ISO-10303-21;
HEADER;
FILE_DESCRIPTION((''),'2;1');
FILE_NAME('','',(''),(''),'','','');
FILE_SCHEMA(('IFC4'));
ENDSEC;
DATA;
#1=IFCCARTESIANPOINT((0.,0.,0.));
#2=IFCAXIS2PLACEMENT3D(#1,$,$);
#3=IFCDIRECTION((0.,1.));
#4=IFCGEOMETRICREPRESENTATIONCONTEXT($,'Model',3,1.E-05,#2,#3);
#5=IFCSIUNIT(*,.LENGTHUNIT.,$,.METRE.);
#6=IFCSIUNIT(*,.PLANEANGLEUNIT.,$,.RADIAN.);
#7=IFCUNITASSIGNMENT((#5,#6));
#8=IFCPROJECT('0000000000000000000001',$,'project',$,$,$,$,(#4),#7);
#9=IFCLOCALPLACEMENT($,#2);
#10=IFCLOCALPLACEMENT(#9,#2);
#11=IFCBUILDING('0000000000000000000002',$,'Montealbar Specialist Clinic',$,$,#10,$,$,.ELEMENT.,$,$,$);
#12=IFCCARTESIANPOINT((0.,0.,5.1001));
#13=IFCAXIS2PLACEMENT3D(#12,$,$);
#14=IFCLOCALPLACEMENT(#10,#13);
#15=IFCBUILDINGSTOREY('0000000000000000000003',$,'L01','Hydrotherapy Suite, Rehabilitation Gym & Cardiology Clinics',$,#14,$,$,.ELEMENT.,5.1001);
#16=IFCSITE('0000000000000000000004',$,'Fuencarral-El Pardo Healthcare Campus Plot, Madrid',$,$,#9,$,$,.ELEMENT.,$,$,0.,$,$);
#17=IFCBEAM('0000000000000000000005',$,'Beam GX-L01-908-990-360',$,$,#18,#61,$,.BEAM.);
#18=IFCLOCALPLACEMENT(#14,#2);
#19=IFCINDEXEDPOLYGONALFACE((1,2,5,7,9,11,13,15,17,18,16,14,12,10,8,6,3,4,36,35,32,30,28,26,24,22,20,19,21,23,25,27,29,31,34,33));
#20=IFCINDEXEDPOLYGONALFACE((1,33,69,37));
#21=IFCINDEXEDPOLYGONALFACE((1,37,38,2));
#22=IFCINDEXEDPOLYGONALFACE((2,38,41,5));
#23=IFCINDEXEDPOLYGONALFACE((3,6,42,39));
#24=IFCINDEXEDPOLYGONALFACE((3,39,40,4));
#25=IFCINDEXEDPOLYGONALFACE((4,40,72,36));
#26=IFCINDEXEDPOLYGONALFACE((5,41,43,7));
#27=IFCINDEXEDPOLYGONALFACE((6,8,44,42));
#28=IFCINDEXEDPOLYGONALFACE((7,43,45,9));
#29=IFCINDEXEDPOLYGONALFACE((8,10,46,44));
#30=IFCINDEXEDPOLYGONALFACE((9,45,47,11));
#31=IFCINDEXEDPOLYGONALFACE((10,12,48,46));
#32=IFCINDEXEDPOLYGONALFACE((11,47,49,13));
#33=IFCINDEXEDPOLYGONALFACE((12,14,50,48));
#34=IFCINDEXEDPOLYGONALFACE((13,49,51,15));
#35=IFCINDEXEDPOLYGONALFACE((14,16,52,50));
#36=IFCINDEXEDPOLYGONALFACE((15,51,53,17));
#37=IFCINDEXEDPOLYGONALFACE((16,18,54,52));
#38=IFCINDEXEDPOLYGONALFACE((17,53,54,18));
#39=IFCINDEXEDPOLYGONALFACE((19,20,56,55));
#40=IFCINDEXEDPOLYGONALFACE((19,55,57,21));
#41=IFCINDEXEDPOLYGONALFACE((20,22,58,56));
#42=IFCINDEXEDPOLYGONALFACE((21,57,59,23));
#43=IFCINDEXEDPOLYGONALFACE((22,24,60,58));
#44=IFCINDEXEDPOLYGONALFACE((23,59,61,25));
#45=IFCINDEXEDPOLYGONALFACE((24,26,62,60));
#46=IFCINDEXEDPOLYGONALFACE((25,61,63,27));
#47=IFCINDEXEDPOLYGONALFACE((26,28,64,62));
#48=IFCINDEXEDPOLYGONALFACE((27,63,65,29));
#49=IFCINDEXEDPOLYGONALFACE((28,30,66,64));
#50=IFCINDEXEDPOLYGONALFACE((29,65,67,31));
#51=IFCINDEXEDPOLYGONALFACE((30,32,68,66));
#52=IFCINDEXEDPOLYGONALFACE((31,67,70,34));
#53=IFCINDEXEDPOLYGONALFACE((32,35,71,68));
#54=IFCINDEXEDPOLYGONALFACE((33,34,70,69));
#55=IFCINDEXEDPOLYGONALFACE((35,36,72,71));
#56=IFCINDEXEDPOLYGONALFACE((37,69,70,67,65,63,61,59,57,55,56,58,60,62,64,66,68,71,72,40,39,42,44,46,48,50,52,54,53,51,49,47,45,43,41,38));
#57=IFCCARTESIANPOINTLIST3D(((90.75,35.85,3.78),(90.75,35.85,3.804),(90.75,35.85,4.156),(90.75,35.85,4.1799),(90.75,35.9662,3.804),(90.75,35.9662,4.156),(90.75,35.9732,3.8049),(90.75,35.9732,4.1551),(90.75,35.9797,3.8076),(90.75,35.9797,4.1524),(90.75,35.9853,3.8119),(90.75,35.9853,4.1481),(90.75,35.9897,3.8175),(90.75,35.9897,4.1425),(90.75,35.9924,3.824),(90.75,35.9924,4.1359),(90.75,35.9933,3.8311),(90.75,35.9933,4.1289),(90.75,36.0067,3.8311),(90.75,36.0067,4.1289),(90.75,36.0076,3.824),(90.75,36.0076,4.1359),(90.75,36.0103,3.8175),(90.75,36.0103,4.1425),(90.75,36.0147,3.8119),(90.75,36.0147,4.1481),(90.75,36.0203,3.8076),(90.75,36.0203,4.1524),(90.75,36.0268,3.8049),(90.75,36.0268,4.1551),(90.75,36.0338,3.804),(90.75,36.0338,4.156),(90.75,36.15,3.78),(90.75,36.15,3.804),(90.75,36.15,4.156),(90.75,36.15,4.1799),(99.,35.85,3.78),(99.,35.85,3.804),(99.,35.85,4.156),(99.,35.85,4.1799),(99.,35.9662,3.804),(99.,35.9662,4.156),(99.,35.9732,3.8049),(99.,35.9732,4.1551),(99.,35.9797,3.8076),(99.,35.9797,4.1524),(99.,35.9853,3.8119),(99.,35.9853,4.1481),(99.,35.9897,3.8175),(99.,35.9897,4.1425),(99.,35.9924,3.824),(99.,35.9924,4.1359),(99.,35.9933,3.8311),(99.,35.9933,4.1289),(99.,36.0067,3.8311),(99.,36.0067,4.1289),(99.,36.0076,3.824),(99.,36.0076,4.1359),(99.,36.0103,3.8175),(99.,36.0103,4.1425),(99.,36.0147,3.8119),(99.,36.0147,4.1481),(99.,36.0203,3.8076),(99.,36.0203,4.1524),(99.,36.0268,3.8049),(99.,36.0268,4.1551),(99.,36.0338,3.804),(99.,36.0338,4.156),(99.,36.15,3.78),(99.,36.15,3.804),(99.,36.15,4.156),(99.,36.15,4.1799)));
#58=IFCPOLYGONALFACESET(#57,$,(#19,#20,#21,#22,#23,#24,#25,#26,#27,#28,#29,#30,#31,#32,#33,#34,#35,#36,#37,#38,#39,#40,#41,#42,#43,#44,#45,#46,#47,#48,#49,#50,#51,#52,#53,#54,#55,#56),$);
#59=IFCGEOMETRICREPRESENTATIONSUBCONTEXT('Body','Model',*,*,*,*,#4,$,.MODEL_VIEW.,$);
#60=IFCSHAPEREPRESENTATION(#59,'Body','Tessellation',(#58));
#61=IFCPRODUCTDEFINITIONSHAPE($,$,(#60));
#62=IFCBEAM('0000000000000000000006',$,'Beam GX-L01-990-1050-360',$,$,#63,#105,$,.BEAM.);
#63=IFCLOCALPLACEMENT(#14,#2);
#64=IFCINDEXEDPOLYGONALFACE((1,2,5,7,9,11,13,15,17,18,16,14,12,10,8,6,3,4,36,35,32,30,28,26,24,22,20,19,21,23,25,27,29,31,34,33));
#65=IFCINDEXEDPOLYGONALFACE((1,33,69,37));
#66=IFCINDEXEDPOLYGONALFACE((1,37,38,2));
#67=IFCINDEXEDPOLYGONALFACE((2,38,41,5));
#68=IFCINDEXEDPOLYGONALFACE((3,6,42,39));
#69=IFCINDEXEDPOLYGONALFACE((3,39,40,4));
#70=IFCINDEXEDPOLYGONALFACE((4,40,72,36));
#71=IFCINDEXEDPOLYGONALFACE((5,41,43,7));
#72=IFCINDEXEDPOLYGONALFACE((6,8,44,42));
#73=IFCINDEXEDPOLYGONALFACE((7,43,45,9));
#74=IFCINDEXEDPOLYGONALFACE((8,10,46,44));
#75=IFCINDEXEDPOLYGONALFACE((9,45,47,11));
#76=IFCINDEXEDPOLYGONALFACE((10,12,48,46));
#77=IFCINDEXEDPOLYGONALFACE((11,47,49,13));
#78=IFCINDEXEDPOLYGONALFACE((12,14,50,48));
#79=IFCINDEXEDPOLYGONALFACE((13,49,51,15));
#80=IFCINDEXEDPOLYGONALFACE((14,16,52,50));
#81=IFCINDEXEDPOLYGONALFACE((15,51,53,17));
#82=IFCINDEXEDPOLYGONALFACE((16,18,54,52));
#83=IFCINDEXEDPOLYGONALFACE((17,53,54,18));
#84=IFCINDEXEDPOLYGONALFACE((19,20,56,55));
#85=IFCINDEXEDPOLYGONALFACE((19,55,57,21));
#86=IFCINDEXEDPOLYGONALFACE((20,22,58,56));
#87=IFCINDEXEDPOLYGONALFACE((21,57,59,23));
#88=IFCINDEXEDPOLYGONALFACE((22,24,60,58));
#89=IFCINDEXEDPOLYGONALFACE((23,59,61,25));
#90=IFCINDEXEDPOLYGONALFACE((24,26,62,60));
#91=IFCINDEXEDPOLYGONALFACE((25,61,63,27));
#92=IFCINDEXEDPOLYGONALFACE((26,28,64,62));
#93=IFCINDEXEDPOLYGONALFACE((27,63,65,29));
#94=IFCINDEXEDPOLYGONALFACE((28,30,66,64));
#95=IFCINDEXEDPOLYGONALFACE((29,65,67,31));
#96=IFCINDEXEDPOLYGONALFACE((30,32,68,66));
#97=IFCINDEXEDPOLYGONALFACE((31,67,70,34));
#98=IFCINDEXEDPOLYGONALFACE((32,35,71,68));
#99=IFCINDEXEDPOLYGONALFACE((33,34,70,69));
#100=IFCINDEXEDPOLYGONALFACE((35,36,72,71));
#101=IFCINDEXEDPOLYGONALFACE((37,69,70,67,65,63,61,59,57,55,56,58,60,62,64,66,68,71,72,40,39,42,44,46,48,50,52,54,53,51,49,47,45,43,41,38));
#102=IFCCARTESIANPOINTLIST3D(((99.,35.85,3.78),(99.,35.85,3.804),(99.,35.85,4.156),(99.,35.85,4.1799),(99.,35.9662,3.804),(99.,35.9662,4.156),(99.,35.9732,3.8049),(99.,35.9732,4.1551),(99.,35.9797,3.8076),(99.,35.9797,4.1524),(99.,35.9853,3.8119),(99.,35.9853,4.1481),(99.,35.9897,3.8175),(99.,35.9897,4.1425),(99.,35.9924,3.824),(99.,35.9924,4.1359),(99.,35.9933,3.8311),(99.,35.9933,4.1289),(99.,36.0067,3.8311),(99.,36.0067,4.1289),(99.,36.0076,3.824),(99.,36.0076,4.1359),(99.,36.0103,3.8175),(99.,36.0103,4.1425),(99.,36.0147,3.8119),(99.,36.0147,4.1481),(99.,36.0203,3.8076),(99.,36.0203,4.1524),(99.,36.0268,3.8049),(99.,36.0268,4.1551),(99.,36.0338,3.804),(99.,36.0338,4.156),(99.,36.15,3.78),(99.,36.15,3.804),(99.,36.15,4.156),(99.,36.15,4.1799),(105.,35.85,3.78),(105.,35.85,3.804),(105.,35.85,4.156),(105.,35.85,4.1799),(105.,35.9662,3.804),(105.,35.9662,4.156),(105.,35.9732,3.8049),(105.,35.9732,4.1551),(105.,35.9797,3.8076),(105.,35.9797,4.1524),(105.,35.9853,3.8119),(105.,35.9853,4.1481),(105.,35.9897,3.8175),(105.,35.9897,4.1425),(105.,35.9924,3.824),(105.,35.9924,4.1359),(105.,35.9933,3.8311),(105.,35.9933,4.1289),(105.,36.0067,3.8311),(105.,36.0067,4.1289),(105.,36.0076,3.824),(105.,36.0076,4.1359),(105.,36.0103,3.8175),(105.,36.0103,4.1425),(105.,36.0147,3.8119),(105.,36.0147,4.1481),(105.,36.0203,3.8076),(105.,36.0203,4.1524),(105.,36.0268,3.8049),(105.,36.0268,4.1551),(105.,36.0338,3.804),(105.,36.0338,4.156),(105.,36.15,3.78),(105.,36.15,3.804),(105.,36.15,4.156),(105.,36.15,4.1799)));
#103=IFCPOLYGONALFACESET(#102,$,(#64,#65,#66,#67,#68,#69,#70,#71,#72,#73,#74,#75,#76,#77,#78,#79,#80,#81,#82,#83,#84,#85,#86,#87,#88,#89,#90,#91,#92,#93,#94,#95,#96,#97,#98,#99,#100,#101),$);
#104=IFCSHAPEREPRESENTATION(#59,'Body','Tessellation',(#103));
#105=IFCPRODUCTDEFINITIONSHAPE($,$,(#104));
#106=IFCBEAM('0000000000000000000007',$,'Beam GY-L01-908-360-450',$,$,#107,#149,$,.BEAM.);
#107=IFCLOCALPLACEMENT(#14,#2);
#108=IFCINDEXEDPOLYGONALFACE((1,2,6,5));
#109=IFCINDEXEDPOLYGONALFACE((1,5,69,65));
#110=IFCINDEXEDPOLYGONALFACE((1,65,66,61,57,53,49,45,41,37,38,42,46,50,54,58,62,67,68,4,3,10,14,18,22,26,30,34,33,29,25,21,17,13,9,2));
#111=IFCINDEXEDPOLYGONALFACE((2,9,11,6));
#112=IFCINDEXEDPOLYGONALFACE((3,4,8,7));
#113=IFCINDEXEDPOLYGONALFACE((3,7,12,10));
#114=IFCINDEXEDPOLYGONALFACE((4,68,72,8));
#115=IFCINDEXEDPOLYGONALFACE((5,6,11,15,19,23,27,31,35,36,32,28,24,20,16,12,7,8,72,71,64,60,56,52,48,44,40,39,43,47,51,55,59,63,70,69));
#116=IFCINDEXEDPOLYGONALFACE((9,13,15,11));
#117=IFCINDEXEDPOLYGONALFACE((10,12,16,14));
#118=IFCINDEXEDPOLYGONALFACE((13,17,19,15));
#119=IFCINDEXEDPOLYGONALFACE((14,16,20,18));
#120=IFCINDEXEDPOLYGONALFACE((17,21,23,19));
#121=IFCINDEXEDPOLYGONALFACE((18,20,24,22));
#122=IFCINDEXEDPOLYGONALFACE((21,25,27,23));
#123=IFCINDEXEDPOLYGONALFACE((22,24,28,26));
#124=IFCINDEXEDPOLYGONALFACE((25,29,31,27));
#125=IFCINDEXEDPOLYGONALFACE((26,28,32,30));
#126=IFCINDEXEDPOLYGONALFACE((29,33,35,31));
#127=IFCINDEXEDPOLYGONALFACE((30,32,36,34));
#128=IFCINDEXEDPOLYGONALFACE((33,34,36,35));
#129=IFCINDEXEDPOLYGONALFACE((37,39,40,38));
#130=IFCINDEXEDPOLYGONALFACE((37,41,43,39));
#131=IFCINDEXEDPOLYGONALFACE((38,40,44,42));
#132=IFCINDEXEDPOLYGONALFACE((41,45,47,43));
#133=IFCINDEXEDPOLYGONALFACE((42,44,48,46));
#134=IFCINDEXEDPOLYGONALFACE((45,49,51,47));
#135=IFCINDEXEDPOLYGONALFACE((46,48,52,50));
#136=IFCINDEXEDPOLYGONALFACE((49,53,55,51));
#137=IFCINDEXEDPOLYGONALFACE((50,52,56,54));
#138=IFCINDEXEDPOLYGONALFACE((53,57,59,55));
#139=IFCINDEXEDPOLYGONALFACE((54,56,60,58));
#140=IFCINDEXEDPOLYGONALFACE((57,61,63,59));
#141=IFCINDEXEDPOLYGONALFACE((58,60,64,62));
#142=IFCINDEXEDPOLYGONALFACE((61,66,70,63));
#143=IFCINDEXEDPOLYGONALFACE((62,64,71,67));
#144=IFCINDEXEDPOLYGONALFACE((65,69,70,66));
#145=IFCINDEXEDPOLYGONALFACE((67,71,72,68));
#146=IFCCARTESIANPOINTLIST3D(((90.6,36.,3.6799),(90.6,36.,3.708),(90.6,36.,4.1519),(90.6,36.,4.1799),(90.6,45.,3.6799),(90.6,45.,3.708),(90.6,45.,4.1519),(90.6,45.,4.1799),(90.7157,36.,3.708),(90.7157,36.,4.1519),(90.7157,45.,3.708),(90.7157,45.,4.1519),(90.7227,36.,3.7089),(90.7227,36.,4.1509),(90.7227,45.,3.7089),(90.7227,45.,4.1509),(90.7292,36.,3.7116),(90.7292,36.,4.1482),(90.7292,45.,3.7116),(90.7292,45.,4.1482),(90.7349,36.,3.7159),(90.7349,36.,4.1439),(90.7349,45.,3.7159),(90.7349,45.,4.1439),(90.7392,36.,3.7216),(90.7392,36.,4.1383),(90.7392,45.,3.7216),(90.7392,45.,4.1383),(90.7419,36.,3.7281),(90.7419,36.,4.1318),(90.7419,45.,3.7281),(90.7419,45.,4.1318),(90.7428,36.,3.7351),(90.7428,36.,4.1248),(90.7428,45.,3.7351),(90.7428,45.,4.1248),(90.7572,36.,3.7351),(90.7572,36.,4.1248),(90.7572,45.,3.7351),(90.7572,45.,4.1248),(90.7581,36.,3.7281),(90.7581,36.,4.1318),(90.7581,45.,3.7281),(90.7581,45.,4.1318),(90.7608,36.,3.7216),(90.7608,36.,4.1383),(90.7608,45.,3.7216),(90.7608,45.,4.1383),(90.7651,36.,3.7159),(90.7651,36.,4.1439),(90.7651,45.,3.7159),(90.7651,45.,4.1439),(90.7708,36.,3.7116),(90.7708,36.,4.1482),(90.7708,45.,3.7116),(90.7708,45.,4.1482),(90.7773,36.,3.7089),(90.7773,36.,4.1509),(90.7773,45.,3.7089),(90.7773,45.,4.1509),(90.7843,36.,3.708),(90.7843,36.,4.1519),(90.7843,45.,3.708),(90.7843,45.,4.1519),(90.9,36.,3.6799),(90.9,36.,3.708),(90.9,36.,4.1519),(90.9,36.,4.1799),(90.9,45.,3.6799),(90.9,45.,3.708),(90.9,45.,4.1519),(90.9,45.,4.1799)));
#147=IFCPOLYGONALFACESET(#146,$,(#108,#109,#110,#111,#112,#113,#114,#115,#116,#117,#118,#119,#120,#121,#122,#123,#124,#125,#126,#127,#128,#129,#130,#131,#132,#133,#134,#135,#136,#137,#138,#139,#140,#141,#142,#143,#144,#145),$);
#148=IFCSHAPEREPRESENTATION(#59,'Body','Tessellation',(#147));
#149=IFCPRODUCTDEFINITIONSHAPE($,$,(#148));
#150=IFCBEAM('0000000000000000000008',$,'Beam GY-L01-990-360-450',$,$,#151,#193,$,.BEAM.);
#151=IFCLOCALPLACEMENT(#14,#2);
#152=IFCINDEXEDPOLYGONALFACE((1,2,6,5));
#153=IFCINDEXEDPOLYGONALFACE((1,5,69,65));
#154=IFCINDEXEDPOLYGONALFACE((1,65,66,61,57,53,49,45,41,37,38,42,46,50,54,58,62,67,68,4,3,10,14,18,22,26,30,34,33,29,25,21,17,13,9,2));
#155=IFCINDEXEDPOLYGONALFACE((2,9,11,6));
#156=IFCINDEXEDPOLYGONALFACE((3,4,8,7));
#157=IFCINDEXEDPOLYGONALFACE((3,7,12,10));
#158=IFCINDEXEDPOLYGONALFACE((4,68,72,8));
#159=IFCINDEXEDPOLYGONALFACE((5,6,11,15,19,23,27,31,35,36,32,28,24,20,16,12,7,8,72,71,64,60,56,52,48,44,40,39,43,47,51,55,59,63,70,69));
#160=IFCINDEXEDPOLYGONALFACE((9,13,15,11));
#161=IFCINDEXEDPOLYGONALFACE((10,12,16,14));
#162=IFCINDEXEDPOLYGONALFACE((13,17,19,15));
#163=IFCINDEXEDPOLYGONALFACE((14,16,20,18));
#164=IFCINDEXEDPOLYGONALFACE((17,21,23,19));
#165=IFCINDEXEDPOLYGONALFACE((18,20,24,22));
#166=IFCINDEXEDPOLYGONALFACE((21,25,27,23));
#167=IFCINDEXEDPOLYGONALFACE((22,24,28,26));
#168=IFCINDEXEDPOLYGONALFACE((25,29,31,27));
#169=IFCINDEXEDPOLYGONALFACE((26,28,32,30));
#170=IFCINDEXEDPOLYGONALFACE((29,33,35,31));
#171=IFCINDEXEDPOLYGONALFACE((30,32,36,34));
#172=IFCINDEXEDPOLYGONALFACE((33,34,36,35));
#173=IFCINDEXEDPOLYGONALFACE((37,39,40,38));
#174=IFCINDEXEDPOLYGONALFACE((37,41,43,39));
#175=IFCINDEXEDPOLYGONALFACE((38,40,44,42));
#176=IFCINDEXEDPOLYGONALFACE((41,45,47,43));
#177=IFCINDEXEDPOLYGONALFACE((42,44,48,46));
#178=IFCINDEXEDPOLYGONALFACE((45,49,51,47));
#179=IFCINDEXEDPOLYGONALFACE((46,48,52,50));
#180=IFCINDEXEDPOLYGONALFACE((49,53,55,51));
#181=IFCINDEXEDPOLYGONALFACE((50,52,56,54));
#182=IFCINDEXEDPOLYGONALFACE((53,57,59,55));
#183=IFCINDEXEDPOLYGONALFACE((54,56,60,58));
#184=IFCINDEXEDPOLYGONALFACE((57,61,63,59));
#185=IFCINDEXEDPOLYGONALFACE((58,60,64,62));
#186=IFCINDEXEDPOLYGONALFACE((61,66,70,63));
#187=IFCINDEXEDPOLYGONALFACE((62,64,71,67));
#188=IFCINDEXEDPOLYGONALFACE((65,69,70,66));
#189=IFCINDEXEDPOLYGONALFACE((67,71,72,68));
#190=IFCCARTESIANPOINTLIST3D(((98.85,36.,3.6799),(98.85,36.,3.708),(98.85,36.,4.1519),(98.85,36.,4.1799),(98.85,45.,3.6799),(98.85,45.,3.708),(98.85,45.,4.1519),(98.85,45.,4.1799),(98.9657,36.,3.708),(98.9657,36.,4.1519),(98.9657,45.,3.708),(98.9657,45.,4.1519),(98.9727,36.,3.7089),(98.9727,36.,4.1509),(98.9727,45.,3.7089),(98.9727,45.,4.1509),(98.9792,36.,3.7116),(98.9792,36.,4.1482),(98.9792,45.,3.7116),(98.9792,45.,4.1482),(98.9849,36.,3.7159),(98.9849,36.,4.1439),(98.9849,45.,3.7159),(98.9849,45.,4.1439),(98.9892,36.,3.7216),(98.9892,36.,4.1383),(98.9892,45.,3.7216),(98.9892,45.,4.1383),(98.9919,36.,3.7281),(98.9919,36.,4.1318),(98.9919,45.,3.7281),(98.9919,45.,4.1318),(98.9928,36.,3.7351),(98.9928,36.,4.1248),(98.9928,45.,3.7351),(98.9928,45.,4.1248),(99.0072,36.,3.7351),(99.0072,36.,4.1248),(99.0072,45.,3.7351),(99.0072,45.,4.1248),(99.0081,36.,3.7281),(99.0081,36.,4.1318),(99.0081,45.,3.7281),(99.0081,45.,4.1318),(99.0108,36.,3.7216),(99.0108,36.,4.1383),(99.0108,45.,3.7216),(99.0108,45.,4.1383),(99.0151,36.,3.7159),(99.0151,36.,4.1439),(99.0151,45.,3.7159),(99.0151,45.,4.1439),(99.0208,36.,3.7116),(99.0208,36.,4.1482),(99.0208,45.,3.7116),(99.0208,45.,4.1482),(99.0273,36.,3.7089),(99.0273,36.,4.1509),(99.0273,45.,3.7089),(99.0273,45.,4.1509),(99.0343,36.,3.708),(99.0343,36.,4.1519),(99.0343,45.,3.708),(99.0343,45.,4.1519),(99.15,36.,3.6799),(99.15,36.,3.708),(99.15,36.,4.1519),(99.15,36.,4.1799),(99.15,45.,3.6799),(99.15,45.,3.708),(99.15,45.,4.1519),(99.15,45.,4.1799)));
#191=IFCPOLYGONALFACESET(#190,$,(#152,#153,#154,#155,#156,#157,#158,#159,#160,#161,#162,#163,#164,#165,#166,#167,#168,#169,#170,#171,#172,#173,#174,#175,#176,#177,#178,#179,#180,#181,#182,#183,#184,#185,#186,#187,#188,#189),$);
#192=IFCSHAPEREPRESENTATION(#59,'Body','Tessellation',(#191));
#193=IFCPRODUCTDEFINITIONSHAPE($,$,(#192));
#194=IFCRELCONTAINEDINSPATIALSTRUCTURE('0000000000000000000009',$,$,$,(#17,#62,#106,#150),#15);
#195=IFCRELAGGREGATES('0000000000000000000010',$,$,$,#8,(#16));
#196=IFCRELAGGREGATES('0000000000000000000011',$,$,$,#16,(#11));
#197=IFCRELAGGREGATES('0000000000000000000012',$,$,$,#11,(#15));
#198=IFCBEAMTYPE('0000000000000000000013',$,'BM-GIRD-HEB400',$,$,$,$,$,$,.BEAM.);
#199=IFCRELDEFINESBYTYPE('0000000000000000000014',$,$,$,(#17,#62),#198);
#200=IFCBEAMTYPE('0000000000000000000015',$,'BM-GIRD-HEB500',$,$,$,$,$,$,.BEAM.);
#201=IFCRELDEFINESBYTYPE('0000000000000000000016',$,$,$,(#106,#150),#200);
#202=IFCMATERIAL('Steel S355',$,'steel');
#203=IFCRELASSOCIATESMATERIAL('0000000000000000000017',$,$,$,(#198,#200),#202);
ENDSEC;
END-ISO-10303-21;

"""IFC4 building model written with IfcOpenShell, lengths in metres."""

from ifc_helpers import new_model, si_unit, direction, frame, origin, origin_2d, place, context, subcontext, project, spatial, i_section, extrude, material, material_profile, profile_set, type_object, element, save


model = new_model("IFC4")

# Units and contexts
model_context = context("Model", 3, precision=1e-05, world=origin(), true_north=direction((0.0, 1.0)))
body_context = subcontext(model_context, "Body", "Model", "MODEL_VIEW")
ifc_project = project(units=[si_unit("LENGTHUNIT", "METRE"), si_unit("PLANEANGLEUNIT", "RADIAN")], contexts=[model_context])

# Site, building, storey
site_placement = place(None, origin())
site = spatial("IfcSite", under=ifc_project, at=site_placement, Name="Fuencarral-El Pardo Healthcare Campus Plot, Madrid", CompositionType="ELEMENT", RefElevation=0.0)
building_placement = place(site_placement, origin())
building = spatial("IfcBuilding", under=site, at=building_placement, Name="Montealbar Specialist Clinic", CompositionType="ELEMENT")
storey_placement = place(building_placement, frame((0.0, 0.0, 5.1001)))
storey = spatial("IfcBuildingStorey", under=building, at=storey_placement, Name="L01", Description="Hydrotherapy Suite, Rehabilitation Gym & Cardiology Clinics", CompositionType="ELEMENT", Elevation=5.1001)

# Shared definitions
ifc_material_1 = material(Name="Steel S355", Category="steel")

# Beams
ifc_material_profile_1 = material_profile(ifc_material_1, i_section(OverallWidth=0.3, OverallDepth=0.3999, WebThickness=0.0134, FlangeThickness=0.0239, FilletRadius=0.0271, at=origin_2d()), Name="HEB 400", Category="steel")
ifc_profile_set_1 = profile_set([ifc_material_profile_1], Name="Steel S355")
beam_type_1 = type_object("IfcBeamType", Name="BM-GIRD-HEB400", PredefinedType="BEAM", material=ifc_profile_set_1)
beam_1_placement = place(storey_placement, frame((90.75, 36.0, 3.98), z_axis=(1.0, 0.0, 0.0), x_axis=(0.0, 1.0, 0.0)))
element("IfcBeam", 1, at=beam_1_placement, inside=storey, type_object=beam_type_1, Name="Beam GX-L01-908-990-360", PredefinedType="BEAM", context=body_context, shape_type="SweptSolid", body=[
    extrude(i_section(OverallWidth=0.3, OverallDepth=0.3999, WebThickness=0.0134, FlangeThickness=0.0239, FilletRadius=0.0271, at=origin_2d()), origin(), (0.0, 0.0, 1.0), 8.25),
])
beam_2_placement = place(storey_placement, frame((99.0, 36.0, 3.98), z_axis=(1.0, 0.0, 0.0), x_axis=(0.0, 1.0, 0.0)))
element("IfcBeam", 2, at=beam_2_placement, inside=storey, type_object=beam_type_1, Name="Beam GX-L01-990-1050-360", PredefinedType="BEAM", context=body_context, shape_type="SweptSolid", body=[
    extrude(i_section(OverallWidth=0.3, OverallDepth=0.3999, WebThickness=0.0134, FlangeThickness=0.0239, FilletRadius=0.0271, at=origin_2d()), origin(), (0.0, 0.0, 1.0), 6.0),
])
ifc_material_profile_2 = material_profile(ifc_material_1, i_section(OverallWidth=0.3, OverallDepth=0.5, WebThickness=0.0144, FlangeThickness=0.0281, FilletRadius=0.0271, at=origin_2d()), Name="HEB 500", Category="steel")
ifc_profile_set_2 = profile_set([ifc_material_profile_2], Name="Steel S355")
beam_type_2 = type_object("IfcBeamType", Name="BM-GIRD-HEB500", PredefinedType="BEAM", material=ifc_profile_set_2)
for number, where, z_axis, x_axis, name in (
    (3, (90.75, 36.0, 3.9299), (0.0, 1.0, 0.0), (-1.0, 0.0, 0.0), "Beam GY-L01-908-360-450"),
    (4, (99.0, 36.0, 3.9299), (0.0, 1.0, 0.0), (-1.0, 0.0, 0.0), "Beam GY-L01-990-360-450"),
):
    element("IfcBeam", number, at=place(storey_placement, frame(where, z_axis=z_axis, x_axis=x_axis)), inside=storey, type_object=beam_type_2, Name=name, PredefinedType="BEAM", context=body_context, shape_type="SweptSolid", body=[
        extrude(i_section(OverallWidth=0.3, OverallDepth=0.5, WebThickness=0.0144, FlangeThickness=0.0281, FilletRadius=0.0271, at=origin_2d()), origin(), (0.0, 0.0, 1.0), 9.0),
    ])

save(model, "model.ifc")
